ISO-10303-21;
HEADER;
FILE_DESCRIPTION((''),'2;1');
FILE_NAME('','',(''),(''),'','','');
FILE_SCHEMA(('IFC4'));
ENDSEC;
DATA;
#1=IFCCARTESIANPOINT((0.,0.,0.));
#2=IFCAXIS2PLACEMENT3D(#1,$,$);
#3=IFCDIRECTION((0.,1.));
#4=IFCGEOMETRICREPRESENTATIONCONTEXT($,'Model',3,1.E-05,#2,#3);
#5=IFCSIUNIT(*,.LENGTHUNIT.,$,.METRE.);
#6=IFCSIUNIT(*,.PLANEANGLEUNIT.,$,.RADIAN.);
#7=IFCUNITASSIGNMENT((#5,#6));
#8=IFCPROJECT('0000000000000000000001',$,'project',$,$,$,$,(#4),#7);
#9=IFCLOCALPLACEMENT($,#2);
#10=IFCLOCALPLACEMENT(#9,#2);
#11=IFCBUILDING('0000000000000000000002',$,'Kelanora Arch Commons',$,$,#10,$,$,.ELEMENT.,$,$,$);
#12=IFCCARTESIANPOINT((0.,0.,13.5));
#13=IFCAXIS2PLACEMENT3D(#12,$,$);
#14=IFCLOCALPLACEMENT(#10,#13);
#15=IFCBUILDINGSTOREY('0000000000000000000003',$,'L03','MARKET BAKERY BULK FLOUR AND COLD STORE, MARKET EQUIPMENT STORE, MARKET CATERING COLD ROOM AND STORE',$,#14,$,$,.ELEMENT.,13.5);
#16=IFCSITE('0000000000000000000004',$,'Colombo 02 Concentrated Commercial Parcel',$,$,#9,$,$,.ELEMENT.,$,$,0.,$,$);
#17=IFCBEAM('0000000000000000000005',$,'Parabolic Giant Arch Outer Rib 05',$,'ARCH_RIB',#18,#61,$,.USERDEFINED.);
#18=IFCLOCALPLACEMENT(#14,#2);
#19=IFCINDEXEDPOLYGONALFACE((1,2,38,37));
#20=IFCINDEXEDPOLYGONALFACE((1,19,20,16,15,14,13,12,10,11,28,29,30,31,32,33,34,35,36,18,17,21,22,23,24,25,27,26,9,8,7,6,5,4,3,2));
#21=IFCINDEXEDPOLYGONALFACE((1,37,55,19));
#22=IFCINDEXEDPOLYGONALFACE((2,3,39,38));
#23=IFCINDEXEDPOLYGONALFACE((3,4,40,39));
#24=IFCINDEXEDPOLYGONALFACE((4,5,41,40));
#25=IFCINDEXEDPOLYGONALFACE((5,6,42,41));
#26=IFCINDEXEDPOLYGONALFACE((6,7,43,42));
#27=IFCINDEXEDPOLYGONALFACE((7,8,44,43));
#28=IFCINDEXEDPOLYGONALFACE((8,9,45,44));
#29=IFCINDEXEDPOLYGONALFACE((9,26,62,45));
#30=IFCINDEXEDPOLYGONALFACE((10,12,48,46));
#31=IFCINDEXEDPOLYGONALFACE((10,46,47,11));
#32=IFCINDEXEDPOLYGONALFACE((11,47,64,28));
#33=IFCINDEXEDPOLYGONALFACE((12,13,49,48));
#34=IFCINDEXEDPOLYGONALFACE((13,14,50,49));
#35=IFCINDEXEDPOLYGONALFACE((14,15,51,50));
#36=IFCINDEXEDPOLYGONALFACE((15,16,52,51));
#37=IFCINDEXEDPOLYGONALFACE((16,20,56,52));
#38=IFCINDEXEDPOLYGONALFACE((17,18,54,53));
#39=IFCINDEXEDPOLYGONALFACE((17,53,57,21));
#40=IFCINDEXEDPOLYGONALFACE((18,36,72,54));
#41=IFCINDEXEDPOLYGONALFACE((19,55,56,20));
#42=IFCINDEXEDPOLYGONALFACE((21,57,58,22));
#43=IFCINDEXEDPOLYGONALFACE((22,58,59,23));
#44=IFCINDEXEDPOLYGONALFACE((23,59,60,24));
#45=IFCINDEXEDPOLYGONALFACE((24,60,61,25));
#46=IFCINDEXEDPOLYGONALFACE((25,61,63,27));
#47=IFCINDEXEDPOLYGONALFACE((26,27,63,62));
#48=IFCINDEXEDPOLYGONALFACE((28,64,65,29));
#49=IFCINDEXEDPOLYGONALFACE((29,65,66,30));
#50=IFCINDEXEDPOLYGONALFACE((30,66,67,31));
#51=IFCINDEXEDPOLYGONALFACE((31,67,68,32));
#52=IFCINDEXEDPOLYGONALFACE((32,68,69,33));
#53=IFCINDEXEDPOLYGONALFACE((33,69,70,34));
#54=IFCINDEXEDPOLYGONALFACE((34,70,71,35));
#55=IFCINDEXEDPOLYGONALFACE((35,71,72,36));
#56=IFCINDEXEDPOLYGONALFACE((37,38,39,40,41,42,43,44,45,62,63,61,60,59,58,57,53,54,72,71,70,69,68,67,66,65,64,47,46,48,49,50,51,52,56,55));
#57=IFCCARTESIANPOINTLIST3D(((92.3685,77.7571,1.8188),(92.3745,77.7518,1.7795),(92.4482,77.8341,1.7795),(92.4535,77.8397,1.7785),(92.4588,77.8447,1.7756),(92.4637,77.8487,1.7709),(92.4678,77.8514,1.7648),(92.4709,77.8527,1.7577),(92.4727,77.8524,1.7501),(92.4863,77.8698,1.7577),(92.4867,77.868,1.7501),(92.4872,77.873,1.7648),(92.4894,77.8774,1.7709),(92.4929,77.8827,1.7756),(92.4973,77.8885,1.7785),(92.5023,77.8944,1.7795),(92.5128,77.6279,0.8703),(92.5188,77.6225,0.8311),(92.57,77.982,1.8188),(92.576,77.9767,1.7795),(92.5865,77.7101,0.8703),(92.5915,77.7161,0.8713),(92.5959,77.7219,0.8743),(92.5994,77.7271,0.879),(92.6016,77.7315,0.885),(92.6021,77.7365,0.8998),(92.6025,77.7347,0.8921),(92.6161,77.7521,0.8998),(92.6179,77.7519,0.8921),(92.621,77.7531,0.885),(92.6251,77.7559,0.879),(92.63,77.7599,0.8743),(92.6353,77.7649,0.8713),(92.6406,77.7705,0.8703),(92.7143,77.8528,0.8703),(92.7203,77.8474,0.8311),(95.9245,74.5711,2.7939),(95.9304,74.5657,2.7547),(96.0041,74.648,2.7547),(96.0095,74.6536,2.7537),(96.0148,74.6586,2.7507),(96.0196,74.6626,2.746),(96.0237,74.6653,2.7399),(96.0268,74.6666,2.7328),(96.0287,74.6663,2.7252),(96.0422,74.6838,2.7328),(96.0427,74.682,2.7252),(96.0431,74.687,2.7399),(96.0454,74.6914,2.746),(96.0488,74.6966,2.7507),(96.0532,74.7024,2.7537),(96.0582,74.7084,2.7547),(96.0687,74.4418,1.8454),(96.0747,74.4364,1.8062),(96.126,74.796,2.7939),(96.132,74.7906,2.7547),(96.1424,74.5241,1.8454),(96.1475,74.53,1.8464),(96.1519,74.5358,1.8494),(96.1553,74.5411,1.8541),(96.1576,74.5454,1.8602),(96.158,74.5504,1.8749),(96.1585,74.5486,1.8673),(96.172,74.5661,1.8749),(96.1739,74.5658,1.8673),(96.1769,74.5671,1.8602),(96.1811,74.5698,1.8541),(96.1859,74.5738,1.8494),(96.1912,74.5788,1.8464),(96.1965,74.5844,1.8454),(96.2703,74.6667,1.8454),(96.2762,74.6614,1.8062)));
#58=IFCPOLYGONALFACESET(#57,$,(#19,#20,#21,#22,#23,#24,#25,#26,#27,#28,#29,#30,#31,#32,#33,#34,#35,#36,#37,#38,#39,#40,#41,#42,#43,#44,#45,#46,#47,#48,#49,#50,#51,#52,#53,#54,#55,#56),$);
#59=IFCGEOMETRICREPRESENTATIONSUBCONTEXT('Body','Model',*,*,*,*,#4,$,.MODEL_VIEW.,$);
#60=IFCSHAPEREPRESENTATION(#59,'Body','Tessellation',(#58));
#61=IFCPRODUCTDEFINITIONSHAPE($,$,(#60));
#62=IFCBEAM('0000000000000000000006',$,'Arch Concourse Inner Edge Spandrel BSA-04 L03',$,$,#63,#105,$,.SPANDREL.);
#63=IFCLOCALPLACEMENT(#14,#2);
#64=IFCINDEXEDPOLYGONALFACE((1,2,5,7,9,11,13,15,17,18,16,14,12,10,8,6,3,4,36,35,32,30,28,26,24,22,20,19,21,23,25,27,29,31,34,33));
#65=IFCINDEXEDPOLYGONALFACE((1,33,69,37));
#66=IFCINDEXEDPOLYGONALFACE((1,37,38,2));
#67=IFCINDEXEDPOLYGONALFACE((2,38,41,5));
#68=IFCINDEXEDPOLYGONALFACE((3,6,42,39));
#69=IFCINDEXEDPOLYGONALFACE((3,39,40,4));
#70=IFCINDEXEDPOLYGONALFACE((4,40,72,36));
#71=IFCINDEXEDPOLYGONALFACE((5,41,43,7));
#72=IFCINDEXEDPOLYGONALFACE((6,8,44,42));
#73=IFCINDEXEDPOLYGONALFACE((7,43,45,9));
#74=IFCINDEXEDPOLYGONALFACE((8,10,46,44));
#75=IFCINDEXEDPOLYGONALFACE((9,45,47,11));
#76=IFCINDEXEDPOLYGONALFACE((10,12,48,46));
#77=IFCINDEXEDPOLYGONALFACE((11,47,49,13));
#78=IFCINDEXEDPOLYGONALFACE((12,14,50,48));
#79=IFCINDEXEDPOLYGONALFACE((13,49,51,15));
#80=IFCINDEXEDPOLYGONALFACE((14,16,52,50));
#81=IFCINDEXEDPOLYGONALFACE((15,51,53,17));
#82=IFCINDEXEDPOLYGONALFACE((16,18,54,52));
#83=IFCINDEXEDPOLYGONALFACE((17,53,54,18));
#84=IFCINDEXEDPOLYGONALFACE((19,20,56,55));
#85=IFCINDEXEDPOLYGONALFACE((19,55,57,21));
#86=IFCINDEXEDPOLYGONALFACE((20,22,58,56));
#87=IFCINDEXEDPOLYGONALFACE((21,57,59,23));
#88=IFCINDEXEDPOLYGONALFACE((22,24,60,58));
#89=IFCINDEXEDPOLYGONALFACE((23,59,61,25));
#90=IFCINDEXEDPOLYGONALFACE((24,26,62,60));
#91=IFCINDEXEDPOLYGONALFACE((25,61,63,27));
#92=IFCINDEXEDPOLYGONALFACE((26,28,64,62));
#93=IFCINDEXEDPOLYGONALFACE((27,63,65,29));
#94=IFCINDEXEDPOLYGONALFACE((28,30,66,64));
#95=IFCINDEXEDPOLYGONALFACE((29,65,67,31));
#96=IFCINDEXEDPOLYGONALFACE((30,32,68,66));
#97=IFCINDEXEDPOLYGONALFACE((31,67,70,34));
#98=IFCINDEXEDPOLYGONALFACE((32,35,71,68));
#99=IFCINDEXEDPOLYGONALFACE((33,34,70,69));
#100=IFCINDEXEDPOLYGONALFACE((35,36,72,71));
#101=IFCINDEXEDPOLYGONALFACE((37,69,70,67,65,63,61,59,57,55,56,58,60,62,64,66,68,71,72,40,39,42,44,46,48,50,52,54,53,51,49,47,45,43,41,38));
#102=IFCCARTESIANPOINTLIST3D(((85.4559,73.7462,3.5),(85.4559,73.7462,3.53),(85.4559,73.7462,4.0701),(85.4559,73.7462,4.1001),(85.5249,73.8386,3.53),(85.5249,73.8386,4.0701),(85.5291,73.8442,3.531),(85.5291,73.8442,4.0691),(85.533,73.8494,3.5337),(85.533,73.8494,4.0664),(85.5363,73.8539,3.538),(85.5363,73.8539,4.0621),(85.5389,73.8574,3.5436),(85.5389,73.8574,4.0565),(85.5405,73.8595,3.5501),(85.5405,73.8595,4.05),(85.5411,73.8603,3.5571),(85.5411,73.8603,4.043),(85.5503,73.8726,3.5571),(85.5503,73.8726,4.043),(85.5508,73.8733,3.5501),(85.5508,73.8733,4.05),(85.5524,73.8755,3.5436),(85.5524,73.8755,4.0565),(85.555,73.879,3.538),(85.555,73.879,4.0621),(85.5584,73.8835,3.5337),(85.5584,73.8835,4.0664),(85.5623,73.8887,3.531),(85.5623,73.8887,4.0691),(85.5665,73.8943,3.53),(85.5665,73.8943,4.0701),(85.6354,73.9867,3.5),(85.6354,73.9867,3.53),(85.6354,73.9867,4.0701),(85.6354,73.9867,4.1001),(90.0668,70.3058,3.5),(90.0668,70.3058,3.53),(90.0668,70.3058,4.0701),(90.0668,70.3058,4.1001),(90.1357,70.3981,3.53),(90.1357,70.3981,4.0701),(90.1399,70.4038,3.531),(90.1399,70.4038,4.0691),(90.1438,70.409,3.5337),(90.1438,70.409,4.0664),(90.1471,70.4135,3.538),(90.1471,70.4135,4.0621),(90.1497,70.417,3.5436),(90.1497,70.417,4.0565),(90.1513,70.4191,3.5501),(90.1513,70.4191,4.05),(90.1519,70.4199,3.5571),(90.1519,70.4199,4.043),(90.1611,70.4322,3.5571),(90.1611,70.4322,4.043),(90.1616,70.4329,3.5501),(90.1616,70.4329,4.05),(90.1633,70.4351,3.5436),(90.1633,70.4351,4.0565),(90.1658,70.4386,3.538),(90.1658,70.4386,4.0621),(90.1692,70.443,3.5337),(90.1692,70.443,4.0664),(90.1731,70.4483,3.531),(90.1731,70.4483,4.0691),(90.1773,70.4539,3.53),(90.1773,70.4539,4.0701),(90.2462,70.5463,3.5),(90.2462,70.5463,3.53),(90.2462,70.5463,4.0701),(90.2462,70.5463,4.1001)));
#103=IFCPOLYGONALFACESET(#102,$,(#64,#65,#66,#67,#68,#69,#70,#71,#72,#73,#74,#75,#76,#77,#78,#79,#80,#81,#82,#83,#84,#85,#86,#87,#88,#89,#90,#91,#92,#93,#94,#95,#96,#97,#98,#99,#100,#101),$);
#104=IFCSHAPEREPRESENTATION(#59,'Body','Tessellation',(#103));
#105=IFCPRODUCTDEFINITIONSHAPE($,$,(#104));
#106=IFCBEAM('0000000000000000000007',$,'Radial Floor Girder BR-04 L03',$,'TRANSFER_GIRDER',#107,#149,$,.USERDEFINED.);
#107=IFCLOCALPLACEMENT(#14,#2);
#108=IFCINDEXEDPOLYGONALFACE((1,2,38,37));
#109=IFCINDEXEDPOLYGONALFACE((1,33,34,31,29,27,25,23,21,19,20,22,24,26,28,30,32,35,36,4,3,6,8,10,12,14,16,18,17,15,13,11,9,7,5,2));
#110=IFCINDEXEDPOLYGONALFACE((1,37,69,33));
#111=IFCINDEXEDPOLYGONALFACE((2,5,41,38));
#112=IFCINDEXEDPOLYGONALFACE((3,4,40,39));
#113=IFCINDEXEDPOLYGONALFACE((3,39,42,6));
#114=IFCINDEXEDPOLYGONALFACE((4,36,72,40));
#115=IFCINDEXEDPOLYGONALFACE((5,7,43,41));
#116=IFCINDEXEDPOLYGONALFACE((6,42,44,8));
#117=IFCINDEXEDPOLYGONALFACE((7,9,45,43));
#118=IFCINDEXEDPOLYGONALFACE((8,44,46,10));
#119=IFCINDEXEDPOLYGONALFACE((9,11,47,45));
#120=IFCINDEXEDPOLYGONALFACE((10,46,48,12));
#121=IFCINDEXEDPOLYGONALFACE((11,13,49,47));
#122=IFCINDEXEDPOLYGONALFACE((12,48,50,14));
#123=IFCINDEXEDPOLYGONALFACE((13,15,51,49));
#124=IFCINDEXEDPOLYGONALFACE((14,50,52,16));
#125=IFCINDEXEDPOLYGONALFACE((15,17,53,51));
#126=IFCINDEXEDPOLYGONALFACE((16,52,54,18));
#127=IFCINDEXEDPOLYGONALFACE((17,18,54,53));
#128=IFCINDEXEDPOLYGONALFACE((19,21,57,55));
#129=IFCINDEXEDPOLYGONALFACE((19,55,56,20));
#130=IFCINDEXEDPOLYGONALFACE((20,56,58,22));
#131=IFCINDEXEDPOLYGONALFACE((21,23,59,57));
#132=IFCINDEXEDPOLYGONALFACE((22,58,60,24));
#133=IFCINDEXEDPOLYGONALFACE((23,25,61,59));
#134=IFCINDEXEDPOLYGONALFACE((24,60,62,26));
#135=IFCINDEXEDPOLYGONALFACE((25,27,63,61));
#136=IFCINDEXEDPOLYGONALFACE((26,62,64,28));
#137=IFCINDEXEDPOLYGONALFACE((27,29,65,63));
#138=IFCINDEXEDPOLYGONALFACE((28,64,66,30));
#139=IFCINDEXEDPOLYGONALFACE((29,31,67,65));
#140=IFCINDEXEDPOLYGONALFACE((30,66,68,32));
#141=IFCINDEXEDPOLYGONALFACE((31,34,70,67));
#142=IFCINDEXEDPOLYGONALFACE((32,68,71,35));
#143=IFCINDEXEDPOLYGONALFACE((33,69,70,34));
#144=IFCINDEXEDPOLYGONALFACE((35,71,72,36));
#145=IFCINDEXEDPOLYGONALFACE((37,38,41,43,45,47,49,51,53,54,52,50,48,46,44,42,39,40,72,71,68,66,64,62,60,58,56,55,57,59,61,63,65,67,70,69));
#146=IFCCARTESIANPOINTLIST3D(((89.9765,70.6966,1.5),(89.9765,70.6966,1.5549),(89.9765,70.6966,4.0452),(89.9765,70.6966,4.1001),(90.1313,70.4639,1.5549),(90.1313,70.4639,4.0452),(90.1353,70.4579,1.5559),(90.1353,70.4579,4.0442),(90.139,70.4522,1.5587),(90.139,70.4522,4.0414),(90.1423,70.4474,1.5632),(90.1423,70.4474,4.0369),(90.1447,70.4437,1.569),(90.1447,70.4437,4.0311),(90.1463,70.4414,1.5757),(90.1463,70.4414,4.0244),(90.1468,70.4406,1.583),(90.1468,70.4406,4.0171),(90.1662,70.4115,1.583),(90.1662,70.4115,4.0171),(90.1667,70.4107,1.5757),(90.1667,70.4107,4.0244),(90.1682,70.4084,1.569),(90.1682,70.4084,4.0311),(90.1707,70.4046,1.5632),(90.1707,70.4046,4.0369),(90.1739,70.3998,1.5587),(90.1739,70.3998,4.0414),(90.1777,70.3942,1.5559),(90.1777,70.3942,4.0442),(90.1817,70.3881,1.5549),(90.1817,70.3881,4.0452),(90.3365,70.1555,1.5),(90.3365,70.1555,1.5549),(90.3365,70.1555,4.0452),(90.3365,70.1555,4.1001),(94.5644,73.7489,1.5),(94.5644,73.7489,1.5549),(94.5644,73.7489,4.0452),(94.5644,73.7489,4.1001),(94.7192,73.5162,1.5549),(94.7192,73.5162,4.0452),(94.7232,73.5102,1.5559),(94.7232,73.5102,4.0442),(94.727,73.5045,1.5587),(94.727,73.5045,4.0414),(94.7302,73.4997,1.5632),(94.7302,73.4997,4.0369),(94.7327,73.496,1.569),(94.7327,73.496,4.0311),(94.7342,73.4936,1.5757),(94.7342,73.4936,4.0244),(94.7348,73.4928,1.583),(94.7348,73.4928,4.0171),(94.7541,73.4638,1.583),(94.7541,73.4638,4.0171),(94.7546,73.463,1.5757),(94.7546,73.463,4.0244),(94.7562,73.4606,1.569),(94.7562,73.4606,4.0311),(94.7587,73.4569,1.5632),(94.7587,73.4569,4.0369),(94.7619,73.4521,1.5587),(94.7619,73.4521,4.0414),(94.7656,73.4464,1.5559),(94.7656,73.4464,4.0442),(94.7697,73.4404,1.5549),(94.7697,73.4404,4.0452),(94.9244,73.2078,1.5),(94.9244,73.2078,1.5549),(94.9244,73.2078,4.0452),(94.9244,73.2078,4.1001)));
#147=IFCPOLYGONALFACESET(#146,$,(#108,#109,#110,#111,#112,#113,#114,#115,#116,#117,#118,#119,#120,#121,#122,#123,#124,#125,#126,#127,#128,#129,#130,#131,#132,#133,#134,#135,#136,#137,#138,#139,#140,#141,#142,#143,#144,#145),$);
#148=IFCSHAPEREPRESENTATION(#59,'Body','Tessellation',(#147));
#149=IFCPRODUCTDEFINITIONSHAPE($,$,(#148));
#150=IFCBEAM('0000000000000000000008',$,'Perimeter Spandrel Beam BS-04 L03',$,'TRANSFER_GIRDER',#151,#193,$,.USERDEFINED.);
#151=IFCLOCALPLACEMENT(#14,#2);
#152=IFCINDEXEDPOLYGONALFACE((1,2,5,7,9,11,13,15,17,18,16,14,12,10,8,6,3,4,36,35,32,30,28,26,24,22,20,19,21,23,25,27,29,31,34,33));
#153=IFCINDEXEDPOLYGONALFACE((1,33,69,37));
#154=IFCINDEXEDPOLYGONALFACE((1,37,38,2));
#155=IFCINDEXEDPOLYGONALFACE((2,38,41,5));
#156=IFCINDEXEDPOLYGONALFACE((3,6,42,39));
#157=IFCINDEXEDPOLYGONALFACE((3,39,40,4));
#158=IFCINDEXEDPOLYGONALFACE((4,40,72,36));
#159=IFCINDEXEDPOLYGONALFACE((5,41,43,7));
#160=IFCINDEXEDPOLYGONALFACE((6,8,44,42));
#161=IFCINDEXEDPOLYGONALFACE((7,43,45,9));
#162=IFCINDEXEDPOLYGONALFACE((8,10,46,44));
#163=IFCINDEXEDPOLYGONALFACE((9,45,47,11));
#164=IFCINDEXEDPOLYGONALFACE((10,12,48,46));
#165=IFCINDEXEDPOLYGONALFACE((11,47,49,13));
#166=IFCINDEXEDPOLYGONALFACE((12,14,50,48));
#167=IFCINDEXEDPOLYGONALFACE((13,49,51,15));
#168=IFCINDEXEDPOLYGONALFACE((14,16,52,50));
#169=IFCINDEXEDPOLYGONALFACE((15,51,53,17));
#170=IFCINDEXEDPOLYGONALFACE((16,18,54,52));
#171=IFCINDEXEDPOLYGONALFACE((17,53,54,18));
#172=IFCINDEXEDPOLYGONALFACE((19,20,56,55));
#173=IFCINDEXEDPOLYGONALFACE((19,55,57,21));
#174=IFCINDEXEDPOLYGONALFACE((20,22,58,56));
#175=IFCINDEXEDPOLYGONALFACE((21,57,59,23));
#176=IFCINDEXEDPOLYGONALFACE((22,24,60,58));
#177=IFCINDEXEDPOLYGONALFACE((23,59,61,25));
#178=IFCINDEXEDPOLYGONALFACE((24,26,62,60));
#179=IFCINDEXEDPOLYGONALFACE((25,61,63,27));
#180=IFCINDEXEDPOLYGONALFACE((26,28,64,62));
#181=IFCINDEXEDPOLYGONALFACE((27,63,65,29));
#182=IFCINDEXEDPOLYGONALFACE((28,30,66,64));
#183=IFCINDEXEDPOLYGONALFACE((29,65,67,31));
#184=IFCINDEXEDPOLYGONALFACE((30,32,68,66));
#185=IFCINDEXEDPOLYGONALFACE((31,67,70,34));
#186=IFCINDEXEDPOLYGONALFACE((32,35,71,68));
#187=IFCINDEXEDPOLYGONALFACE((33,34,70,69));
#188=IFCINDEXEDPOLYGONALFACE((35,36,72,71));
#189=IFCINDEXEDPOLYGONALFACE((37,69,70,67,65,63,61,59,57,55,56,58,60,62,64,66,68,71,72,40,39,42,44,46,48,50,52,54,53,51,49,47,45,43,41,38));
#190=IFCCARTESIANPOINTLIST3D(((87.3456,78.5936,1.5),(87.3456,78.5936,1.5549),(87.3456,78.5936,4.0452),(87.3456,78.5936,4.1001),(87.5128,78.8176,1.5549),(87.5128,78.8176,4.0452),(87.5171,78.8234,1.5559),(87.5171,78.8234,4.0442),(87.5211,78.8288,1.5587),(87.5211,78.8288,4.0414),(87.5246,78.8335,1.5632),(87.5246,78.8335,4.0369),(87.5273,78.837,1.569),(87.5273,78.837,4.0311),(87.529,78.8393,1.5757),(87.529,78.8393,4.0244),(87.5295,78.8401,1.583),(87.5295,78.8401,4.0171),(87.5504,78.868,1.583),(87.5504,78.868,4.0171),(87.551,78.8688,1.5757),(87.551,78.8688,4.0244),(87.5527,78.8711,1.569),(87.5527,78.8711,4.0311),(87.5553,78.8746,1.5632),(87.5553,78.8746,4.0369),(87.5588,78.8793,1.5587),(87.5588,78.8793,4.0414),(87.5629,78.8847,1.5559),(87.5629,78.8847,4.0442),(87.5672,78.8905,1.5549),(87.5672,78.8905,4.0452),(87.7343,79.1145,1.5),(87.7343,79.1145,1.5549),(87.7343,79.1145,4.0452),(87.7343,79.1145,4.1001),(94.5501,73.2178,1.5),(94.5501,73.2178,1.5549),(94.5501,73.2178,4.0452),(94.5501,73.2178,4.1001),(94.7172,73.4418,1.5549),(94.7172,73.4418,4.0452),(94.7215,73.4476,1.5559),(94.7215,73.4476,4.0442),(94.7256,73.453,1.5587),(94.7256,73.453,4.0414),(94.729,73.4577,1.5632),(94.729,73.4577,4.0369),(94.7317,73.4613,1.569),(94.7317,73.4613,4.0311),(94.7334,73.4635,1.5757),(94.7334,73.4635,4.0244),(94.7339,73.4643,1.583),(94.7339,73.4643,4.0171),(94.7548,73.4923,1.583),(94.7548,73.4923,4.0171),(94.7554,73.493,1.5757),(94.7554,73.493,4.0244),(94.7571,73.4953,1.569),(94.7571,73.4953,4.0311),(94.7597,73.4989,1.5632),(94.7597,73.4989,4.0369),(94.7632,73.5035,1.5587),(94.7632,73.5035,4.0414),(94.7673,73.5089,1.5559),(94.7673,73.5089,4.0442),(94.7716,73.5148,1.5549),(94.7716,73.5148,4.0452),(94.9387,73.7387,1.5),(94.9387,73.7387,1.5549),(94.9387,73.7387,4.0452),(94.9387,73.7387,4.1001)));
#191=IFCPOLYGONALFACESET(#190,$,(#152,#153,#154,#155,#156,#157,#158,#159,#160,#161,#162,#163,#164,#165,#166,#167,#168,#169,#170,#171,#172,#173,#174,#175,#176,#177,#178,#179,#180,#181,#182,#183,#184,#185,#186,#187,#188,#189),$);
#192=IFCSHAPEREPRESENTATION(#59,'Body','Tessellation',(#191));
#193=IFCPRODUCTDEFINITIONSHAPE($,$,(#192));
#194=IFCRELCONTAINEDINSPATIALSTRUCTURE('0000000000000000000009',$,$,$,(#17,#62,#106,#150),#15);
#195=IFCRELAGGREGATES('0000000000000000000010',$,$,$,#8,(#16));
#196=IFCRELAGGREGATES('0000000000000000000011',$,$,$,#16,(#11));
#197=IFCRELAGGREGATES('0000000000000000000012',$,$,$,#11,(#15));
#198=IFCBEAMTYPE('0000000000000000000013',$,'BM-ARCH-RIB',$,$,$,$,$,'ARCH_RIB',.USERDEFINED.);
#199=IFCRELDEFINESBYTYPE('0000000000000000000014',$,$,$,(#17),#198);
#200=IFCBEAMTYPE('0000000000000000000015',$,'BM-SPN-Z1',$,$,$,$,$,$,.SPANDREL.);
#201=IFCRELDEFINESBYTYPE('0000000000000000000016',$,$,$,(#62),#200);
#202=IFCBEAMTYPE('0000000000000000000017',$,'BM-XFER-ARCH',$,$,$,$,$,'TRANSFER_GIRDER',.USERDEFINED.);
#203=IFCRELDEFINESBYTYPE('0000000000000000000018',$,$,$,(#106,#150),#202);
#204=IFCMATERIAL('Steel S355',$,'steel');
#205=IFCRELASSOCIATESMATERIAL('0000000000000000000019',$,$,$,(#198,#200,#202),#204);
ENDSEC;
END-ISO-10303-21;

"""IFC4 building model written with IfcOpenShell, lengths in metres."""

from ifc_helpers import new_model, si_unit, direction, frame, origin, origin_2d, place, context, subcontext, project, spatial, i_section, extrude, material, material_profile, profile_set, type_object, element, save


model = new_model("IFC4")

# Units and contexts
model_context = context("Model", 3, precision=1e-05, world=origin(), true_north=direction((0.0, 1.0)))
body_context = subcontext(model_context, "Body", "Model", "MODEL_VIEW")
ifc_project = project(units=[si_unit("LENGTHUNIT", "METRE"), si_unit("PLANEANGLEUNIT", "RADIAN")], contexts=[model_context])

# Site, building, storey
site_placement = place(None, origin())
site = spatial("IfcSite", under=ifc_project, at=site_placement, Name="Colombo 02 Concentrated Commercial Parcel", CompositionType="ELEMENT", RefElevation=0.0)
building_placement = place(site_placement, origin())
building = spatial("IfcBuilding", under=site, at=building_placement, Name="Kelanora Arch Commons", CompositionType="ELEMENT")
storey_placement = place(building_placement, frame((0.0, 0.0, 13.5)))
storey = spatial("IfcBuildingStorey", under=building, at=storey_placement, Name="L03", Description="MARKET BAKERY BULK FLOUR AND COLD STORE, MARKET EQUIPMENT STORE, MARKET CATERING COLD ROOM AND STORE", CompositionType="ELEMENT", Elevation=13.5)

# Shared definitions
ifc_material_1 = material(Name="Steel S355", Category="steel")

# Beams
ifc_material_profile_1 = material_profile(ifc_material_1, i_section(OverallWidth=0.302, OverallDepth=1.0081, WebThickness=0.021, FlangeThickness=0.04, FilletRadius=0.03, at=origin_2d()), Name="HEM1000")
ifc_profile_set_1 = profile_set([ifc_material_profile_1], Name="Steel S355")
beam_type_1 = type_object("IfcBeamType", Name="BM-ARCH-RIB", ElementType="ARCH_RIB", PredefinedType="USERDEFINED", material=ifc_profile_set_1)
beam_1_placement = place(storey_placement, frame((96.1003, 74.6162, 2.3), z_axis=(-0.729717, 0.653814, -0.200102), x_axis=(-0.66731, -0.74478, 0.0)))
element("IfcBeam", 1, at=beam_1_placement, inside=storey, type_object=beam_type_1, Name="Parabolic Giant Arch Outer Rib 05", ObjectType="ARCH_RIB", PredefinedType="USERDEFINED", context=body_context, shape_type="SweptSolid", body=[
    extrude(i_section(OverallWidth=0.302, OverallDepth=1.0081, WebThickness=0.021, FlangeThickness=0.04, FilletRadius=0.03, at=origin_2d()), origin(), (0.0, 0.0, 1.0), 4.873),
])
ifc_material_profile_2 = material_profile(ifc_material_1, i_section(OverallWidth=0.3, OverallDepth=0.6001, WebThickness=0.0154, FlangeThickness=0.03, FilletRadius=0.0271, at=origin_2d()), Name="HEB600")
ifc_profile_set_2 = profile_set([ifc_material_profile_2], Name="Steel S355")
beam_type_2 = type_object("IfcBeamType", Name="BM-SPN-Z1", PredefinedType="SPANDREL", material=ifc_profile_set_2)
beam_2_placement = place(storey_placement, frame((90.1565, 70.426, 3.8), z_axis=(-0.801474, 0.598029, 0.0), x_axis=(-0.598029, -0.801474, 0.0)))
element("IfcBeam", 2, at=beam_2_placement, inside=storey, type_object=beam_type_2, Name="Arch Concourse Inner Edge Spandrel BSA-04 L03", PredefinedType="SPANDREL", context=body_context, shape_type="SweptSolid", body=[
    extrude(i_section(OverallWidth=0.3, OverallDepth=0.6001, WebThickness=0.0154, FlangeThickness=0.03, FilletRadius=0.0271, at=origin_2d()), origin(), (0.0, 0.0, 1.0), 5.7529),
])
ifc_material_profile_3 = material_profile(ifc_material_1, i_section(OverallWidth=0.6499, OverallDepth=2.6001, WebThickness=0.0349, FlangeThickness=0.0549, FilletRadius=0.0281, at=origin_2d()), Name="PG2600x650")
ifc_profile_set_3 = profile_set([ifc_material_profile_3], Name="Steel S355")
beam_type_3 = type_object("IfcBeamType", Name="BM-XFER-ARCH", ElementType="TRANSFER_GIRDER", PredefinedType="USERDEFINED", material=ifc_profile_set_3)
beam_3_placement = place(storey_placement, frame((90.1565, 70.426, 2.8), z_axis=(0.832582, 0.553902, 0.0), x_axis=(-0.553902, 0.832582, 0.0)))
element("IfcBeam", 3, at=beam_3_placement, inside=storey, type_object=beam_type_3, Name="Radial Floor Girder BR-04 L03", ObjectType="TRANSFER_GIRDER", PredefinedType="USERDEFINED", context=body_context, shape_type="SweptSolid", body=[
    extrude(i_section(OverallWidth=0.6499, OverallDepth=2.6001, WebThickness=0.0349, FlangeThickness=0.0549, FilletRadius=0.0281, at=origin_2d()), origin(), (0.0, 0.0, 1.0), 5.5105),
])
beam_4_placement = place(storey_placement, frame((94.7444, 73.4783, 2.8), z_axis=(-0.801468, 0.598038, 0.0), x_axis=(-0.598038, -0.801468, 0.0)))
element("IfcBeam", 4, at=beam_4_placement, inside=storey, type_object=beam_type_3, Name="Perimeter Spandrel Beam BS-04 L03", ObjectType="TRANSFER_GIRDER", PredefinedType="USERDEFINED", context=body_context, shape_type="SweptSolid", body=[
    extrude(i_section(OverallWidth=0.6499, OverallDepth=2.6001, WebThickness=0.0349, FlangeThickness=0.0549, FilletRadius=0.0281, at=origin_2d()), origin(), (0.0, 0.0, 1.0), 8.989),
])

save(model, "model.ifc")
